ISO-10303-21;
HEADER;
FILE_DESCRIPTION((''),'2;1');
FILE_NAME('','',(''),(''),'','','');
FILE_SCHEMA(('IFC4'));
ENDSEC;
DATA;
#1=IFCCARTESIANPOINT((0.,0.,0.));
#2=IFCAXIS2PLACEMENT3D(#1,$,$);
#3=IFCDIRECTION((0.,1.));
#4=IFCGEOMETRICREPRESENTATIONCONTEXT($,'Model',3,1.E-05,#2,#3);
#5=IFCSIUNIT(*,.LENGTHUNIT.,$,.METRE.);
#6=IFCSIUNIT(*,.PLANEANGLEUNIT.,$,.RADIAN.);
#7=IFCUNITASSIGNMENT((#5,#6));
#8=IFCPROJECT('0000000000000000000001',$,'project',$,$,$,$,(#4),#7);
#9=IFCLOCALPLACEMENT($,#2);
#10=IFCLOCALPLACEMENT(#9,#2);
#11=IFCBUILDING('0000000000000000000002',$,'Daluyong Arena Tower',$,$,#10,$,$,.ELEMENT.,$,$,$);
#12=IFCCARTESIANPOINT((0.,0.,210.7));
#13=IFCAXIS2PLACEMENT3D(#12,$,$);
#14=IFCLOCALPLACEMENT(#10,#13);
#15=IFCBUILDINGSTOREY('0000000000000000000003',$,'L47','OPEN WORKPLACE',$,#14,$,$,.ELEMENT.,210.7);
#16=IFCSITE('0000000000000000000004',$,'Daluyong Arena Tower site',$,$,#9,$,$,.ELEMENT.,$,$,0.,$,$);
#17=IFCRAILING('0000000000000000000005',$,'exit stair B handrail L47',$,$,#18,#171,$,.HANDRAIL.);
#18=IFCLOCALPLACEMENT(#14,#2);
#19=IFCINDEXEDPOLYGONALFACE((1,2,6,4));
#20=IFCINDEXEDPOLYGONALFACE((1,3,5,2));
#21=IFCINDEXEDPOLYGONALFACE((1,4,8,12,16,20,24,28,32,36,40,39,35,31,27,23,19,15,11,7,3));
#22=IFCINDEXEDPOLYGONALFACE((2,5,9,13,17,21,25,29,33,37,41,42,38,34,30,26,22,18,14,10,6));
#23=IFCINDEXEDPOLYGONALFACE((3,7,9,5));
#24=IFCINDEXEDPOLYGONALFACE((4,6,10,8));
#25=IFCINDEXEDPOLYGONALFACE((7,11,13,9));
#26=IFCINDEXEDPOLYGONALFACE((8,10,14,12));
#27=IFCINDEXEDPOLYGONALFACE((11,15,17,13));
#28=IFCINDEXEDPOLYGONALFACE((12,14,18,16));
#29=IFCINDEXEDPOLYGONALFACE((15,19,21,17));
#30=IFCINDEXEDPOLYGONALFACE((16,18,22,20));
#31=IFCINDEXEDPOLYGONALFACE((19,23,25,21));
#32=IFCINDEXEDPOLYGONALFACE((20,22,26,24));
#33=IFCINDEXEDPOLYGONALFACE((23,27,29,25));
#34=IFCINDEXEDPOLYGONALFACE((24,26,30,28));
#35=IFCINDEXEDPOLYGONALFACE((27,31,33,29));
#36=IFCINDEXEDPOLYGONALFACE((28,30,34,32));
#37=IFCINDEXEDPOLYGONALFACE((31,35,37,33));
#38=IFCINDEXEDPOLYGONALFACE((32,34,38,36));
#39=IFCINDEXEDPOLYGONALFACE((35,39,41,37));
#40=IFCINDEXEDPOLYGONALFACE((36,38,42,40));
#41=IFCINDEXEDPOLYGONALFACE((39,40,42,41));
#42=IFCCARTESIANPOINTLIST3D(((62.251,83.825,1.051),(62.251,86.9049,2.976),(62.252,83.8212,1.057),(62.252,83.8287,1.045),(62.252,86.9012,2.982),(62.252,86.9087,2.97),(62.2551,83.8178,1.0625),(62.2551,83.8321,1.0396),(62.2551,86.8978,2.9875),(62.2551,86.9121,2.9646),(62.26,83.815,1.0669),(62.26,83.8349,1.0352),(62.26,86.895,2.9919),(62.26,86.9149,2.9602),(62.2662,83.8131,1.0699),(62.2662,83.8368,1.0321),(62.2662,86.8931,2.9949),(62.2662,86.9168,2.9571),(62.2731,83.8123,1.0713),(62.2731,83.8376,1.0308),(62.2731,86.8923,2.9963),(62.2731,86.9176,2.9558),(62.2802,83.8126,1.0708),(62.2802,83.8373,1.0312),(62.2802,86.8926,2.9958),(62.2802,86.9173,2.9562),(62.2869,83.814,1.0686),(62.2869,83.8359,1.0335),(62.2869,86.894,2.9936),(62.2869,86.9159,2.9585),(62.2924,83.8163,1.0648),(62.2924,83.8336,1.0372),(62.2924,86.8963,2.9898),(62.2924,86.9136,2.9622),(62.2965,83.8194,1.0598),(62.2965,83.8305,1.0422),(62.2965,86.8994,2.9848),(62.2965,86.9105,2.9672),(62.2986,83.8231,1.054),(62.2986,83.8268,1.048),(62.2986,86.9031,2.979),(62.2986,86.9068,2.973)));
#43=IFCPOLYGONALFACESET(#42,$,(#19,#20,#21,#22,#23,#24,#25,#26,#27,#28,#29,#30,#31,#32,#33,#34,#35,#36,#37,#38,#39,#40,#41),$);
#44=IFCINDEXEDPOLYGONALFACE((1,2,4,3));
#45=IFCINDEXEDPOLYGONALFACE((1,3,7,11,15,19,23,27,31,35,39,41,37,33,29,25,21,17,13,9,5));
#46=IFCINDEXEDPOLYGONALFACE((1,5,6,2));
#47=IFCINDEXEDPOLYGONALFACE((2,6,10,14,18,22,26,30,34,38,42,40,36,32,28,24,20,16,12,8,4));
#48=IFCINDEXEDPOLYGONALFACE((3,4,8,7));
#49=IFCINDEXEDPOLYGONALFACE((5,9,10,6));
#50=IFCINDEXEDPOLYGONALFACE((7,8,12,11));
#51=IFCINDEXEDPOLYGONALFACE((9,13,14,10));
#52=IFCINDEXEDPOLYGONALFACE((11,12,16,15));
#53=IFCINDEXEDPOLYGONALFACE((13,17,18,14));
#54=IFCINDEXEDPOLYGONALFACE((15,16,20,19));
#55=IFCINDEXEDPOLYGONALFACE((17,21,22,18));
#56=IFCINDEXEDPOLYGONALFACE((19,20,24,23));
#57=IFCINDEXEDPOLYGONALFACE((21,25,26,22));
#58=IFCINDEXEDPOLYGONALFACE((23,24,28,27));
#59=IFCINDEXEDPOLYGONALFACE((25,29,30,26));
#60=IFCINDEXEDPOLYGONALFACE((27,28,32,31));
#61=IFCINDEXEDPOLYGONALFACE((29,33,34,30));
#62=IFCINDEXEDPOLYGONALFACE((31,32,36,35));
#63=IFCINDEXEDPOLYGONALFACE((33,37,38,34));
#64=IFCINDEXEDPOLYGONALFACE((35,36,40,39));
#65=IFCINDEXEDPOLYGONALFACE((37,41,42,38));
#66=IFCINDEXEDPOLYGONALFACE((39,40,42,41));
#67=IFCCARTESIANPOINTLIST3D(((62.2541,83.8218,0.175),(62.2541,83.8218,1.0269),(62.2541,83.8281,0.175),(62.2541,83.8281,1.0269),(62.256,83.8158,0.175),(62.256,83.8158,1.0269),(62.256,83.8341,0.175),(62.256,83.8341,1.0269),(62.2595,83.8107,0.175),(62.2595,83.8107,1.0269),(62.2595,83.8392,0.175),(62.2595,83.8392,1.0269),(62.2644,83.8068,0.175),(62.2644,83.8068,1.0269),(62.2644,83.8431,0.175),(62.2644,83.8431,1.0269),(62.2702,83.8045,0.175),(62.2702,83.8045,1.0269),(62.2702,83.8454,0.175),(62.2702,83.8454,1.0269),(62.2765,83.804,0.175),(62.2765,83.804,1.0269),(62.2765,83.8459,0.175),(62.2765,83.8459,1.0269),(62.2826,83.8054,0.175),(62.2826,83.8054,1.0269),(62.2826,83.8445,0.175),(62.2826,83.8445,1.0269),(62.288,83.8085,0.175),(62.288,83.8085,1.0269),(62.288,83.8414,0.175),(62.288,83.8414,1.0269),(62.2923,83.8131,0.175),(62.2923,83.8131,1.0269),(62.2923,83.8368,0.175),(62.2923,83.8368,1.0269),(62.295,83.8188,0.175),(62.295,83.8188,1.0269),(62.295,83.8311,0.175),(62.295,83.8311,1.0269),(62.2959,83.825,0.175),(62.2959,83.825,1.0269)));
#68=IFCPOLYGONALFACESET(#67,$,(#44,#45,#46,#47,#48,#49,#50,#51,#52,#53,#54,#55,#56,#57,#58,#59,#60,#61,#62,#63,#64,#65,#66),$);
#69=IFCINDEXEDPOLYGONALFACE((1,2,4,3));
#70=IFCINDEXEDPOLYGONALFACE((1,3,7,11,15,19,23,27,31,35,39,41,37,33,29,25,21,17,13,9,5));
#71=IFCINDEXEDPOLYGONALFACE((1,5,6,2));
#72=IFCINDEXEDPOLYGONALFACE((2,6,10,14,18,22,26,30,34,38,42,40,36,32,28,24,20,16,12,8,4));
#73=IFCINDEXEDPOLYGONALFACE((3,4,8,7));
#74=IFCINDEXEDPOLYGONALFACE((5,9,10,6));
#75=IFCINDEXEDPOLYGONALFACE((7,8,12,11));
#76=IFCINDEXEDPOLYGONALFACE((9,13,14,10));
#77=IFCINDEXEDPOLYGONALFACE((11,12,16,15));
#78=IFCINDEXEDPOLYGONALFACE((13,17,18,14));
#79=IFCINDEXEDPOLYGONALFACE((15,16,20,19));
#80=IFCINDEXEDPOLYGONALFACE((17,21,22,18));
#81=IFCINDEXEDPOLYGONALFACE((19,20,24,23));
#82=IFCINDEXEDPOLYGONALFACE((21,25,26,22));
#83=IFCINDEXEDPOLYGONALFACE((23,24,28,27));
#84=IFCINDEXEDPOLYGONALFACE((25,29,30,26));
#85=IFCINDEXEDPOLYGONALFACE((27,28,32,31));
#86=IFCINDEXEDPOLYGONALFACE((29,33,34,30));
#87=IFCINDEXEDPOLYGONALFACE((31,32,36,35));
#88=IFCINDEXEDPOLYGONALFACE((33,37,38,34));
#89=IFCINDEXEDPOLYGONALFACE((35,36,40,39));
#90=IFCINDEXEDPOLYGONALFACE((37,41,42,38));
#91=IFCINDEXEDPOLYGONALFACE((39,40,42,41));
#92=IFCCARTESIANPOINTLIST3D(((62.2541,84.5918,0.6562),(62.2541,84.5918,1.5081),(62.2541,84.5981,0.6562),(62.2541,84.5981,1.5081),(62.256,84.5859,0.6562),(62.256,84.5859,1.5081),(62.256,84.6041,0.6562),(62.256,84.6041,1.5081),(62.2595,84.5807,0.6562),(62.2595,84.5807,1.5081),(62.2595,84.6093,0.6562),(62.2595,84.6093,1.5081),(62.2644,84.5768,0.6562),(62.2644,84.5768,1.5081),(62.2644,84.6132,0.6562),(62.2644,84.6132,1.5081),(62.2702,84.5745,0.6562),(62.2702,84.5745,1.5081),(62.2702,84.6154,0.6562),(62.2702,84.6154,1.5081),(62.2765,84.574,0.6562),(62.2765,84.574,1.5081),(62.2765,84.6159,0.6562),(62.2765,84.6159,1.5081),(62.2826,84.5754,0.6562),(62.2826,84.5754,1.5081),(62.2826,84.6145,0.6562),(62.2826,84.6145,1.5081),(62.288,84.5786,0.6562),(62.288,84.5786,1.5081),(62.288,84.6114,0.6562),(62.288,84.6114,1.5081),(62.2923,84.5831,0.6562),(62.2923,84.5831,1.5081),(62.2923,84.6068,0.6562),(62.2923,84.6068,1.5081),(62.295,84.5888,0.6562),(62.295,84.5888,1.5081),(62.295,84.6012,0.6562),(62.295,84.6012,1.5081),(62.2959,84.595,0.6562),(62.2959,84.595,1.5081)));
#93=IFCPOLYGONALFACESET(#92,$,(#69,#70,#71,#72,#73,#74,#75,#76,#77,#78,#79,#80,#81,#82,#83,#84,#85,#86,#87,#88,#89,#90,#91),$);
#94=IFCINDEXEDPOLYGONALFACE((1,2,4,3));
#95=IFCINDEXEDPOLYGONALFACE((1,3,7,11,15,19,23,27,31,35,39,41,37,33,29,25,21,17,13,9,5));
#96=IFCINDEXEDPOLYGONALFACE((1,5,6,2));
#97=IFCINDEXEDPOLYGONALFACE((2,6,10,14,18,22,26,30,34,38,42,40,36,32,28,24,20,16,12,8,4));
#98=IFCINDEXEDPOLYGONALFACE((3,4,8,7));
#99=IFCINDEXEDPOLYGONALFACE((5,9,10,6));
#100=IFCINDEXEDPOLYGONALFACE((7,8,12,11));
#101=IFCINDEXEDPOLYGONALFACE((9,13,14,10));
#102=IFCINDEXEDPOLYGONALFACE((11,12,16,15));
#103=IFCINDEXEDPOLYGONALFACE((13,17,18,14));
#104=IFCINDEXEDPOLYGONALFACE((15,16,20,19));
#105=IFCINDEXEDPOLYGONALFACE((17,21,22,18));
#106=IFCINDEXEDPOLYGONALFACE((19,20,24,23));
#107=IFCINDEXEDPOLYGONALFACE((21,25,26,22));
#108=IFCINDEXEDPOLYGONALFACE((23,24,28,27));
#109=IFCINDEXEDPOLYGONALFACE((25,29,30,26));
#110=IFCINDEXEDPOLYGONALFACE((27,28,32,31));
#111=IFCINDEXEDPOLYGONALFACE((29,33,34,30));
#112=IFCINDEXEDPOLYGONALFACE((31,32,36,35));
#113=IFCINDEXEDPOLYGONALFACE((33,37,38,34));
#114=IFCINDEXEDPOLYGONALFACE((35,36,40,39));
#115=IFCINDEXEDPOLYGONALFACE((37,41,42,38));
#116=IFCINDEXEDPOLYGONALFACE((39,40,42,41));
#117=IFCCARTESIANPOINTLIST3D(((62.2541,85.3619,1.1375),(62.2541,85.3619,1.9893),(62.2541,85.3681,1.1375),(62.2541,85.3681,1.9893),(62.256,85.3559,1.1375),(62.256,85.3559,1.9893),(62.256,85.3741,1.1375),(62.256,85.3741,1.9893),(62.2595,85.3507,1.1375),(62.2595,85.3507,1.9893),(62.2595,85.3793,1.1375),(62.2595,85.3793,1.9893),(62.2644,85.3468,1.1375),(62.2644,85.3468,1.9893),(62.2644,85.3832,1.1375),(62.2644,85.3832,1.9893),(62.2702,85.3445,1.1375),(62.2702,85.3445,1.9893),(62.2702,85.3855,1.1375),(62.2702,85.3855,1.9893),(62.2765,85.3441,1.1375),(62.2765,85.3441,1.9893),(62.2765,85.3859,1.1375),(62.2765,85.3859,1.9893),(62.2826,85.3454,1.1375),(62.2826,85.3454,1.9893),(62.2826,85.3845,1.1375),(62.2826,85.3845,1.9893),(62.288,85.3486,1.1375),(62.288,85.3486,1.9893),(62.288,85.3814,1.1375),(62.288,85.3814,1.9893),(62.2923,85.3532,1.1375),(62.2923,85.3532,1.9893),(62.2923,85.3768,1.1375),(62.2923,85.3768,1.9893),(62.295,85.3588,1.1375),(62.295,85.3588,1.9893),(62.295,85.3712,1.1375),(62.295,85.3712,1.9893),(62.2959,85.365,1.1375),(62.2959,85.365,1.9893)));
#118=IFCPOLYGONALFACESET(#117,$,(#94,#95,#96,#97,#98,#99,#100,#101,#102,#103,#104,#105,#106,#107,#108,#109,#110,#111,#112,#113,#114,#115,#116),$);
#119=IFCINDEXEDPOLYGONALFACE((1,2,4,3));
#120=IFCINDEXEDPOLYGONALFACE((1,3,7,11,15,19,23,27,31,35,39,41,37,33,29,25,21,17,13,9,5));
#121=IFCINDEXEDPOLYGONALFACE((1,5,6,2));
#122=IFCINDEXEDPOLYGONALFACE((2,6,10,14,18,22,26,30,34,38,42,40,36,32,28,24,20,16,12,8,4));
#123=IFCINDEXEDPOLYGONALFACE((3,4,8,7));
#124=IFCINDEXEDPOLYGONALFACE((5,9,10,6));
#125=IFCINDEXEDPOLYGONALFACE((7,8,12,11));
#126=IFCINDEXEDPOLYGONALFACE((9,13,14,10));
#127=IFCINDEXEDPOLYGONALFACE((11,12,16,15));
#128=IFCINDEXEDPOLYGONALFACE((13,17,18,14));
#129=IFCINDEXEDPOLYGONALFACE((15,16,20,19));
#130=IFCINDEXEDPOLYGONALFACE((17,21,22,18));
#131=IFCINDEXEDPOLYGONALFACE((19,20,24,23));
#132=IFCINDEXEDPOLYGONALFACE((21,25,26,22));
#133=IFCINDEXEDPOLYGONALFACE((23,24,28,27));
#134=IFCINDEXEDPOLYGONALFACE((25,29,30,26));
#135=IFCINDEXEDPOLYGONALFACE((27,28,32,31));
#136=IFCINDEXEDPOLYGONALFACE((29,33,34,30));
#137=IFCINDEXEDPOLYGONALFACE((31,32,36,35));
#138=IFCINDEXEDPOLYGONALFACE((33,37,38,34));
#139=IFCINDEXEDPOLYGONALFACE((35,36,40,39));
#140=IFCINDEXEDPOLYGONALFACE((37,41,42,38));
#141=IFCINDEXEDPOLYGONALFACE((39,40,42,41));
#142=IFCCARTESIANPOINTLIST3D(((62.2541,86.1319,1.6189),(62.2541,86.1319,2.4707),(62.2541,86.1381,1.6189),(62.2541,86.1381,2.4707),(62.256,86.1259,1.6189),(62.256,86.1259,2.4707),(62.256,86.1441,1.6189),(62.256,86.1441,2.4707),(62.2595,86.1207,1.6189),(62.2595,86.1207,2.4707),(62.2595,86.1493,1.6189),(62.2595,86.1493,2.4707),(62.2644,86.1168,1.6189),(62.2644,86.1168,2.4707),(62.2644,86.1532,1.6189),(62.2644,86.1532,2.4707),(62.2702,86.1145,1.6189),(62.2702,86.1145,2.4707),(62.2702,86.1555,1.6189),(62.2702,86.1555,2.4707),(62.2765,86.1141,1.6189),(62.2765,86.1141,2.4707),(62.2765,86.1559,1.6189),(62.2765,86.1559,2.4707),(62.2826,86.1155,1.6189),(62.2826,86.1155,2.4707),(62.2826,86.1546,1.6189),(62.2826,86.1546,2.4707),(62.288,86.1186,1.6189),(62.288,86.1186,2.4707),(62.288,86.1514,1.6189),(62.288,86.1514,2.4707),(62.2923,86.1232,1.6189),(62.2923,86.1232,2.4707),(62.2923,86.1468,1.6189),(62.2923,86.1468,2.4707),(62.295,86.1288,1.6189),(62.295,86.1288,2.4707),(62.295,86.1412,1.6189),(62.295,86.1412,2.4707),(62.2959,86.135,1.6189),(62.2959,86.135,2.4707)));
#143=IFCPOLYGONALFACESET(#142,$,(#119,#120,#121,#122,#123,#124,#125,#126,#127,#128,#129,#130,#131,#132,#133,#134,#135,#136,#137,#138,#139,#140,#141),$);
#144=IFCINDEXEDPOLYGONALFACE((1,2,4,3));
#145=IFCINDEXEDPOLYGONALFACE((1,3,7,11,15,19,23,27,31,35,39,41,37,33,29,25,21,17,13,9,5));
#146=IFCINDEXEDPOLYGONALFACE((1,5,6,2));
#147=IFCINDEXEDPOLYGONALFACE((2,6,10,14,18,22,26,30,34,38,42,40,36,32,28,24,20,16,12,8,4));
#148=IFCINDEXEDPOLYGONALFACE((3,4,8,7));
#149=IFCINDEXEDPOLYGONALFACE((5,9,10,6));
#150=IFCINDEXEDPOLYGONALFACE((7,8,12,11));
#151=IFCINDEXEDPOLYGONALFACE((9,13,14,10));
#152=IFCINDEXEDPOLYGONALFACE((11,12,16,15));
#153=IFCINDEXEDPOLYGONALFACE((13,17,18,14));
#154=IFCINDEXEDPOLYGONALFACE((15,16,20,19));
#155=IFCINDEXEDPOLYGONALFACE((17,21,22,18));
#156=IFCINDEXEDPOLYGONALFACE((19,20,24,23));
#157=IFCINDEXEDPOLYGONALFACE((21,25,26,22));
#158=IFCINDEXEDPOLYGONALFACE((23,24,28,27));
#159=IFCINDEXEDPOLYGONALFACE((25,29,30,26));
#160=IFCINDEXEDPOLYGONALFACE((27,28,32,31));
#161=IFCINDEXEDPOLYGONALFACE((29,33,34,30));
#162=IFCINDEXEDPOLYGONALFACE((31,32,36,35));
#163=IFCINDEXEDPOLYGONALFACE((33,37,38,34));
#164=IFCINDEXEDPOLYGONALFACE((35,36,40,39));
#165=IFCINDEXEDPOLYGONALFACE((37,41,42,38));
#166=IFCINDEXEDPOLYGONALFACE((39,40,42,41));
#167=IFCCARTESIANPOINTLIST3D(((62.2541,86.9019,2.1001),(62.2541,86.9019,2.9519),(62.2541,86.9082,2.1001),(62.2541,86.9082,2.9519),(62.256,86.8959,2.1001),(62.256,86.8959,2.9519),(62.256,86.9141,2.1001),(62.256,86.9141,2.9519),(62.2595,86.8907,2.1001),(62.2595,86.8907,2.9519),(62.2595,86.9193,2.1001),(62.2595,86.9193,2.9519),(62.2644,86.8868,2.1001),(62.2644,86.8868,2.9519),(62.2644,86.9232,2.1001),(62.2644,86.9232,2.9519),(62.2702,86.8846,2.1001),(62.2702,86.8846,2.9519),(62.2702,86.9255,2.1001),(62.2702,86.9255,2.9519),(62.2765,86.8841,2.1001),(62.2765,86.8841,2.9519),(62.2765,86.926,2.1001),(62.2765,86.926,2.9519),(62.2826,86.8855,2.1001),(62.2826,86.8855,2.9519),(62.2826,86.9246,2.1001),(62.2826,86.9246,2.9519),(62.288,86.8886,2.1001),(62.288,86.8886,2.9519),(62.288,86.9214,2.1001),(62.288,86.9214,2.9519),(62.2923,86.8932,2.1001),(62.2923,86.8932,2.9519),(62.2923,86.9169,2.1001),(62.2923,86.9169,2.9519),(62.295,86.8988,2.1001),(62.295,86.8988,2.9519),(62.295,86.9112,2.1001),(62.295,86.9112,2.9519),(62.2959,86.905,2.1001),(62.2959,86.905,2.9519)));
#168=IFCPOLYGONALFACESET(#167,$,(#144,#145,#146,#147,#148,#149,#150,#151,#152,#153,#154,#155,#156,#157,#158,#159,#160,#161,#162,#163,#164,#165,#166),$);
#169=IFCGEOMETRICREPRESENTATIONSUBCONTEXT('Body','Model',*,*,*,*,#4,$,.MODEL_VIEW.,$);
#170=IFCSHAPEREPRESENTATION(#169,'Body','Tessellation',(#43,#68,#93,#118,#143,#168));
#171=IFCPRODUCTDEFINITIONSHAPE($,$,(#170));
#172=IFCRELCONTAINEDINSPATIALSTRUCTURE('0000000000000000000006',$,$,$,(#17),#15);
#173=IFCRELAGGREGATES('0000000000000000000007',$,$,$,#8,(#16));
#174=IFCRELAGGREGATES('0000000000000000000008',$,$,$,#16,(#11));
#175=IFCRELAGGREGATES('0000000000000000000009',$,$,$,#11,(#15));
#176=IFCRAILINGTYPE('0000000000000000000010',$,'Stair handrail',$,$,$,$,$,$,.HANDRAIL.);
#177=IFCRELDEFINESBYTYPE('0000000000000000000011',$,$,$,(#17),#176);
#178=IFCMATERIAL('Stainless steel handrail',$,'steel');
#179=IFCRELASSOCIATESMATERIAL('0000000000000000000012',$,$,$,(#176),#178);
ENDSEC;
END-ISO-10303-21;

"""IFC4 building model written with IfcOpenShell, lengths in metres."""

from ifc_helpers import new_model, si_unit, direction, frame, origin, origin_2d, place, context, subcontext, project, spatial, circle, extrude, material, type_object, element, save


model = new_model("IFC4")

# Units and contexts
model_context = context("Model", 3, precision=1e-05, world=origin(), true_north=direction((0.0, 1.0)))
body_context = subcontext(model_context, "Body", "Model", "MODEL_VIEW")
ifc_project = project(units=[si_unit("LENGTHUNIT", "METRE"), si_unit("PLANEANGLEUNIT", "RADIAN")], contexts=[model_context])

# Site, building, storey
site_placement = place(None, origin())
site = spatial("IfcSite", under=ifc_project, at=site_placement, Name="Daluyong Arena Tower site", CompositionType="ELEMENT", RefElevation=0.0)
building_placement = place(site_placement, origin())
building = spatial("IfcBuilding", under=site, at=building_placement, Name="Daluyong Arena Tower", CompositionType="ELEMENT")
storey_placement = place(building_placement, frame((0.0, 0.0, 210.7)))
storey = spatial("IfcBuildingStorey", under=building, at=storey_placement, Name="L47", Description="OPEN WORKPLACE", CompositionType="ELEMENT", Elevation=210.7)

# Railing
ifc_material_1 = material(Name="Stainless steel handrail", Category="steel")
railing_type_1 = type_object("IfcRailingType", Name="Stair handrail", PredefinedType="HANDRAIL", material=ifc_material_1)
railing_1_placement = place(storey_placement, frame((62.2749, 83.825, 0.175)))
element("IfcRailing", 1, at=railing_1_placement, inside=storey, type_object=railing_type_1, Name="exit stair B handrail L47", PredefinedType="HANDRAIL", context=body_context, shape_type="SweptSolid", body=[
    extrude(circle(Radius=0.0239, at=origin_2d()), frame((0.0, 0.0, 0.876), z_axis=(0.0, 0.847998, 0.529999), x_axis=(-1.0, 0.0, 0.0)), (0.0, 0.0, 1.0), 3.6321),
    extrude(circle(Radius=0.021, at=origin_2d()), origin(), (0.0, 0.0, 1.0), 0.8518),
    extrude(circle(Radius=0.021, at=origin_2d()), frame((0.0, 0.77, 0.4812)), (0.0, 0.0, 1.0), 0.8518),
    extrude(circle(Radius=0.021, at=origin_2d()), frame((0.0, 1.54, 0.9624)), (0.0, 0.0, 1.0), 0.8518),
    extrude(circle(Radius=0.021, at=origin_2d()), frame((0.0, 2.3101, 1.4438)), (0.0, 0.0, 1.0), 0.8518),
    extrude(circle(Radius=0.021, at=origin_2d()), frame((0.0, 3.0801, 1.925)), (0.0, 0.0, 1.0), 0.8518),
])

save(model, "model.ifc")
